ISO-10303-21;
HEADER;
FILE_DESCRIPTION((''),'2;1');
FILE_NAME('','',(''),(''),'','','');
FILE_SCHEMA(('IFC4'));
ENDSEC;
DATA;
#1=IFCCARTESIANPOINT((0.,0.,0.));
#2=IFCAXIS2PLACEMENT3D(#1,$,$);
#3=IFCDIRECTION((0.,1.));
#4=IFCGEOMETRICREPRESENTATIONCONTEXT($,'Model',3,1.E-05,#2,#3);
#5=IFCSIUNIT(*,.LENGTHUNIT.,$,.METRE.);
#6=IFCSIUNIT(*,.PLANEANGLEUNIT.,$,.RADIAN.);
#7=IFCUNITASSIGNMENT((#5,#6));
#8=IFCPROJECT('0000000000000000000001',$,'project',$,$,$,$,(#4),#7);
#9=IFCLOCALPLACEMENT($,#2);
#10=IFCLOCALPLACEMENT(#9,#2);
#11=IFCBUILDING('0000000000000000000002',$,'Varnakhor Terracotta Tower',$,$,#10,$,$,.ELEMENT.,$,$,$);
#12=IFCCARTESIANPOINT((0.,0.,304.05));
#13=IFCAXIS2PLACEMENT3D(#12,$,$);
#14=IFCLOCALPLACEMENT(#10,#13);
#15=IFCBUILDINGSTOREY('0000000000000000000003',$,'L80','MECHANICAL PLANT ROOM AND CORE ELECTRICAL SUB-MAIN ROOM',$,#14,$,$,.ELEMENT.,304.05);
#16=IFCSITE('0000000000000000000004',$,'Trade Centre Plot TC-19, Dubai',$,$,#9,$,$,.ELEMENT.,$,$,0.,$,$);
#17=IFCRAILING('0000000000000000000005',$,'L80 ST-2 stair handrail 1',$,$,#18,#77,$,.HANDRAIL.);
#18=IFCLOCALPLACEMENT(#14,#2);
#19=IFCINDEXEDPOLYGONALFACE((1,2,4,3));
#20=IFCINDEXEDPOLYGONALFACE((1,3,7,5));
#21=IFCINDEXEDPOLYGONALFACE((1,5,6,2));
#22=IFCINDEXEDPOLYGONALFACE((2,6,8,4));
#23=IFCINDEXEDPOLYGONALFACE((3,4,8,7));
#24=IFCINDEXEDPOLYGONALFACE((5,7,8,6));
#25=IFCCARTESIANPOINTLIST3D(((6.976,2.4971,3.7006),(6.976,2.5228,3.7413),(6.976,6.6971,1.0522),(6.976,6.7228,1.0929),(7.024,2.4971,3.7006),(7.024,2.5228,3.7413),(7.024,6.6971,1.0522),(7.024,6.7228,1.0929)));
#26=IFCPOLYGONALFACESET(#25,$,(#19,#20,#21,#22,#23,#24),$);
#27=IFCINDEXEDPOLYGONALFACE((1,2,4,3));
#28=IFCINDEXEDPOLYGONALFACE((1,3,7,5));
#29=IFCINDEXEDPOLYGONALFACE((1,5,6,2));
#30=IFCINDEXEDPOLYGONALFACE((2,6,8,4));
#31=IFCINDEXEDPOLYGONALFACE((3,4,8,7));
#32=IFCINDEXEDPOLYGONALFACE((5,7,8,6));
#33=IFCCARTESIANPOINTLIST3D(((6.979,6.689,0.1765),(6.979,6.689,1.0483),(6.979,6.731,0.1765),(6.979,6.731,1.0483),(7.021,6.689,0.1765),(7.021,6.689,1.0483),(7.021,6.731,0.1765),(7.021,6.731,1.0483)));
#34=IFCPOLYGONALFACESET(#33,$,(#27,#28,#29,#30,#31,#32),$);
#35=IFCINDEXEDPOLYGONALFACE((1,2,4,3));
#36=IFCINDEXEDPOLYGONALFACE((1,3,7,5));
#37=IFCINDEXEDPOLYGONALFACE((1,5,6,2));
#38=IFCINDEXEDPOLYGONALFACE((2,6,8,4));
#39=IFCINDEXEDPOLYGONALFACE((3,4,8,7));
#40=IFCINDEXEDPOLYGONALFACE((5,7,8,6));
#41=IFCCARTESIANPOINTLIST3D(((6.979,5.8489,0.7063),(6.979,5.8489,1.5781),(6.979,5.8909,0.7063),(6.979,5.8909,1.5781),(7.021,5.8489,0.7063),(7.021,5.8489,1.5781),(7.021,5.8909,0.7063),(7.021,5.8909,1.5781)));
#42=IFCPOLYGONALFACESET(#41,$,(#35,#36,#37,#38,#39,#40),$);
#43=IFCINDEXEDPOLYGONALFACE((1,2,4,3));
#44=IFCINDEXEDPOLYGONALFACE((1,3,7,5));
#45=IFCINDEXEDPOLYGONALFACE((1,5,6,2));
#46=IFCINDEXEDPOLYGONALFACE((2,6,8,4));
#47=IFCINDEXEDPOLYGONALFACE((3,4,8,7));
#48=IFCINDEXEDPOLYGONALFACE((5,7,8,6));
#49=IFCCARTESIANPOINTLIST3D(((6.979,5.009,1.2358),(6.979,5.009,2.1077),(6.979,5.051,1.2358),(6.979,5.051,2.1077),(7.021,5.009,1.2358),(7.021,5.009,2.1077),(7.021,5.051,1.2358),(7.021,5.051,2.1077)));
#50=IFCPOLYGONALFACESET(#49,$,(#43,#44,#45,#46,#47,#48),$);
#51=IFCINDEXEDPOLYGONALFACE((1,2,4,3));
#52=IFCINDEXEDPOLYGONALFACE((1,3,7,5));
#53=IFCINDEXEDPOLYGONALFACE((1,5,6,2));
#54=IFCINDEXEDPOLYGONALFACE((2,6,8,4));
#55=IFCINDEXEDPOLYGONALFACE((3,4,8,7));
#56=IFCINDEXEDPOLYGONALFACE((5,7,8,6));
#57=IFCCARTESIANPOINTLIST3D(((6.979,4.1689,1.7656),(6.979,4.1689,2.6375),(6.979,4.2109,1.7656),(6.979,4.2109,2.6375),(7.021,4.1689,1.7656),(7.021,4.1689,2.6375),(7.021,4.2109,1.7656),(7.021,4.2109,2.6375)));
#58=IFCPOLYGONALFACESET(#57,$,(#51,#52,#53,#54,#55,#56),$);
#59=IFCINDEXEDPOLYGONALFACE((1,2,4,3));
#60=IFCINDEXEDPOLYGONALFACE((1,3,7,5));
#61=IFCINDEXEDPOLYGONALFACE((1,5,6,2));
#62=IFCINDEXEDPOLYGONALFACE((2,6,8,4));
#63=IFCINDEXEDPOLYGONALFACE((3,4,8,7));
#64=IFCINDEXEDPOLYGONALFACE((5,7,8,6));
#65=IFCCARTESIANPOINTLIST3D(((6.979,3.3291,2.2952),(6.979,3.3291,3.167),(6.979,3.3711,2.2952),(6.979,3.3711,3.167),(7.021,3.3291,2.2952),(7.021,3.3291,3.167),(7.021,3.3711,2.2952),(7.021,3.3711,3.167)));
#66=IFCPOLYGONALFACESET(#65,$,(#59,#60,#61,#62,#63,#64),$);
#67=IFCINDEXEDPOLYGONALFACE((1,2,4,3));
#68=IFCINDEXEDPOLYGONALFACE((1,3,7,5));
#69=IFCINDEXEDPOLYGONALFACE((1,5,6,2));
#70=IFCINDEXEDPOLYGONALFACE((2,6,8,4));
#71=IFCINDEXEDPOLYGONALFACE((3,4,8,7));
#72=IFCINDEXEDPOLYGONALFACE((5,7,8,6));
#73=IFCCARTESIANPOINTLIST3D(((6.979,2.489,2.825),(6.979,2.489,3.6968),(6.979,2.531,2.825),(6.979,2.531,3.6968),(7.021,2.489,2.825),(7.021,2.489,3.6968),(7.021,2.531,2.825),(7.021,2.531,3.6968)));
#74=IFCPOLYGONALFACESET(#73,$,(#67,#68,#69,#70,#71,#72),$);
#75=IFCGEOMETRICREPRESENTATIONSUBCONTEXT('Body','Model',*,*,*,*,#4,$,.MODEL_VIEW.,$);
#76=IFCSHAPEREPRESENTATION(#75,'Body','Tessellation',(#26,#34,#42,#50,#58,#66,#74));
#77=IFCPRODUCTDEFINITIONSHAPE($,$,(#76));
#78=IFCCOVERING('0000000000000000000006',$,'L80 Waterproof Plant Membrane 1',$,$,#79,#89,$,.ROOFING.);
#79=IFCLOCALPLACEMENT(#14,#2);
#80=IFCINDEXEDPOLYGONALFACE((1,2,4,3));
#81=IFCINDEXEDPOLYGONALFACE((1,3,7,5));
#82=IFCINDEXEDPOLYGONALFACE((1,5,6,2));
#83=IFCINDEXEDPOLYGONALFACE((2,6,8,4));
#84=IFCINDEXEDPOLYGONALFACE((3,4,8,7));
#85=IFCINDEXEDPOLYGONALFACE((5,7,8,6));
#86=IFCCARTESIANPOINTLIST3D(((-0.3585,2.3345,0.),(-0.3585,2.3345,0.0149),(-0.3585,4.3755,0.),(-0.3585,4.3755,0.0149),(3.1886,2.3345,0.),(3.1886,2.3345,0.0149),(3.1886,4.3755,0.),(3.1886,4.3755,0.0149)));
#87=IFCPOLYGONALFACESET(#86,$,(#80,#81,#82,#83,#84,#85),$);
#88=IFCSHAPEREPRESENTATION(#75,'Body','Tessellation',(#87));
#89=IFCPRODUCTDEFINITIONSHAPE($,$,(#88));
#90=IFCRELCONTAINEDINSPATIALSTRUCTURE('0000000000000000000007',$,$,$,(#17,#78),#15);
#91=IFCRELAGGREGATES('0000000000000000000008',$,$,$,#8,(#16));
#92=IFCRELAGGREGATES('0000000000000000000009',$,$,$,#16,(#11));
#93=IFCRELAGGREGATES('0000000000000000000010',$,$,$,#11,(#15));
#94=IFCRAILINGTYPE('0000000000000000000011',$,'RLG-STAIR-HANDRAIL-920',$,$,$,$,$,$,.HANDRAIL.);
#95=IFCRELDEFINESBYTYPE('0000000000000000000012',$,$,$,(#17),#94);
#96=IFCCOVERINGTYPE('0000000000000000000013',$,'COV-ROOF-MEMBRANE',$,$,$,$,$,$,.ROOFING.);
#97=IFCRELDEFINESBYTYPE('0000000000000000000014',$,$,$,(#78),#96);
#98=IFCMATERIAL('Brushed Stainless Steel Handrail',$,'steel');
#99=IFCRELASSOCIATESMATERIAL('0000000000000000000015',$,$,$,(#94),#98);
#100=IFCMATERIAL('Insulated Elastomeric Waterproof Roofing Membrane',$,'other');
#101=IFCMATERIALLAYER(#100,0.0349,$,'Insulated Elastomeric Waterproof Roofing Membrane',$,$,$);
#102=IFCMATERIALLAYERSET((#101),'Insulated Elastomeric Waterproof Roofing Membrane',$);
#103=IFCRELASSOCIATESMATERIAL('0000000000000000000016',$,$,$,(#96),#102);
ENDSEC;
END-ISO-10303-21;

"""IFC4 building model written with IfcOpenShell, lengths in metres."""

from ifc_helpers import new_model, si_unit, direction, frame, origin, origin_2d, place, context, subcontext, project, spatial, rectangle, extrude, source, transform, mapped, material, layer, layer_set, type_object, element, save


model = new_model("IFC4")

# Units and contexts
model_context = context("Model", 3, precision=1e-05, world=origin(), true_north=direction((0.0, 1.0)))
body_context = subcontext(model_context, "Body", "Model", "MODEL_VIEW")
ifc_project = project(units=[si_unit("LENGTHUNIT", "METRE"), si_unit("PLANEANGLEUNIT", "RADIAN")], contexts=[model_context])

# Site, building, storey
site_placement = place(None, origin())
site = spatial("IfcSite", under=ifc_project, at=site_placement, Name="Trade Centre Plot TC-19, Dubai", CompositionType="ELEMENT", RefElevation=0.0)
building_placement = place(site_placement, origin())
building = spatial("IfcBuilding", under=site, at=building_placement, Name="Varnakhor Terracotta Tower", CompositionType="ELEMENT")
storey_placement = place(building_placement, frame((0.0, 0.0, 304.05)))
storey = spatial("IfcBuildingStorey", under=building, at=storey_placement, Name="L80", Description="MECHANICAL PLANT ROOM AND CORE ELECTRICAL SUB-MAIN ROOM", CompositionType="ELEMENT", Elevation=304.05)

# Railing
ifc_material_1 = material(Name="Brushed Stainless Steel Handrail", Category="steel")
railing_type = type_object("IfcRailingType", Name="RLG-STAIR-HANDRAIL-920", PredefinedType="HANDRAIL", material=ifc_material_1)
railing_placement = place(storey_placement, frame((7.0, 6.71, 0.1765)))
element("IfcRailing", 1, at=railing_placement, inside=storey, type_object=railing_type, Name="L80 ST-2 stair handrail 1", PredefinedType="HANDRAIL", context=body_context, shape_type="SweptSolid", body=[
    extrude(rectangle(XDim=0.0481, YDim=0.0481, at=origin_2d()), frame((0.0, 0.0, 0.896), z_axis=(0.0, -0.845867, 0.533393), x_axis=(1.0, 0.0, 0.0)), (0.0, 0.0, 1.0), 4.9653),
    extrude(rectangle(XDim=0.042, YDim=0.042, at=origin_2d()), origin(), (0.0, 0.0, 1.0), 0.8718),
    extrude(rectangle(XDim=0.042, YDim=0.042, at=origin_2d()), frame((0.0, -0.8401, 0.5298)), (0.0, 0.0, 1.0), 0.8718),
    extrude(rectangle(XDim=0.042, YDim=0.042, at=origin_2d()), frame((0.0, -1.6799, 1.0593)), (0.0, 0.0, 1.0), 0.8718),
    extrude(rectangle(XDim=0.042, YDim=0.042, at=origin_2d()), frame((0.0, -2.52, 1.5891)), (0.0, 0.0, 1.0), 0.8718),
    extrude(rectangle(XDim=0.042, YDim=0.042, at=origin_2d()), frame((0.0, -3.3599, 2.1187)), (0.0, 0.0, 1.0), 0.8718),
    extrude(rectangle(XDim=0.042, YDim=0.042, at=origin_2d()), frame((0.0, -4.2, 2.6484)), (0.0, 0.0, 1.0), 0.8718),
])

# Covering
ifc_material_2 = material(Name="Insulated Elastomeric Waterproof Roofing Membrane", Category="other")
ifc_layer_1 = layer(ifc_material_2, 0.0349, Name="Insulated Elastomeric Waterproof Roofing Membrane")
ifc_layer_set_1 = layer_set([ifc_layer_1], Name="Insulated Elastomeric Waterproof Roofing Membrane")
covering_type = type_object("IfcCoveringType", Name="COV-ROOF-MEMBRANE", PredefinedType="ROOFING", material=ifc_layer_set_1)
shared_shape_1 = source(origin(), body_context, "Body", "SweptSolid", [
    extrude(rectangle(XDim=3.5471, YDim=2.041, at=origin_2d()), origin(), (0.0, 0.0, 1.0), 0.0149),
])
covering_placement = place(storey_placement, frame((1.415, 3.355, 0.0), z_axis=(0.0, 0.0, 1.0), x_axis=(1.0, 0.0, 0.0)))
element("IfcCovering", 2, at=covering_placement, inside=storey, type_object=covering_type, Name="L80 Waterproof Plant Membrane 1", PredefinedType="ROOFING", context=body_context, shape_type="MappedRepresentation", body=[
    mapped(shared_shape_1, transform((0.0, 0.0, 0.0), scale=1.0)),
])

save(model, "model.ifc")
